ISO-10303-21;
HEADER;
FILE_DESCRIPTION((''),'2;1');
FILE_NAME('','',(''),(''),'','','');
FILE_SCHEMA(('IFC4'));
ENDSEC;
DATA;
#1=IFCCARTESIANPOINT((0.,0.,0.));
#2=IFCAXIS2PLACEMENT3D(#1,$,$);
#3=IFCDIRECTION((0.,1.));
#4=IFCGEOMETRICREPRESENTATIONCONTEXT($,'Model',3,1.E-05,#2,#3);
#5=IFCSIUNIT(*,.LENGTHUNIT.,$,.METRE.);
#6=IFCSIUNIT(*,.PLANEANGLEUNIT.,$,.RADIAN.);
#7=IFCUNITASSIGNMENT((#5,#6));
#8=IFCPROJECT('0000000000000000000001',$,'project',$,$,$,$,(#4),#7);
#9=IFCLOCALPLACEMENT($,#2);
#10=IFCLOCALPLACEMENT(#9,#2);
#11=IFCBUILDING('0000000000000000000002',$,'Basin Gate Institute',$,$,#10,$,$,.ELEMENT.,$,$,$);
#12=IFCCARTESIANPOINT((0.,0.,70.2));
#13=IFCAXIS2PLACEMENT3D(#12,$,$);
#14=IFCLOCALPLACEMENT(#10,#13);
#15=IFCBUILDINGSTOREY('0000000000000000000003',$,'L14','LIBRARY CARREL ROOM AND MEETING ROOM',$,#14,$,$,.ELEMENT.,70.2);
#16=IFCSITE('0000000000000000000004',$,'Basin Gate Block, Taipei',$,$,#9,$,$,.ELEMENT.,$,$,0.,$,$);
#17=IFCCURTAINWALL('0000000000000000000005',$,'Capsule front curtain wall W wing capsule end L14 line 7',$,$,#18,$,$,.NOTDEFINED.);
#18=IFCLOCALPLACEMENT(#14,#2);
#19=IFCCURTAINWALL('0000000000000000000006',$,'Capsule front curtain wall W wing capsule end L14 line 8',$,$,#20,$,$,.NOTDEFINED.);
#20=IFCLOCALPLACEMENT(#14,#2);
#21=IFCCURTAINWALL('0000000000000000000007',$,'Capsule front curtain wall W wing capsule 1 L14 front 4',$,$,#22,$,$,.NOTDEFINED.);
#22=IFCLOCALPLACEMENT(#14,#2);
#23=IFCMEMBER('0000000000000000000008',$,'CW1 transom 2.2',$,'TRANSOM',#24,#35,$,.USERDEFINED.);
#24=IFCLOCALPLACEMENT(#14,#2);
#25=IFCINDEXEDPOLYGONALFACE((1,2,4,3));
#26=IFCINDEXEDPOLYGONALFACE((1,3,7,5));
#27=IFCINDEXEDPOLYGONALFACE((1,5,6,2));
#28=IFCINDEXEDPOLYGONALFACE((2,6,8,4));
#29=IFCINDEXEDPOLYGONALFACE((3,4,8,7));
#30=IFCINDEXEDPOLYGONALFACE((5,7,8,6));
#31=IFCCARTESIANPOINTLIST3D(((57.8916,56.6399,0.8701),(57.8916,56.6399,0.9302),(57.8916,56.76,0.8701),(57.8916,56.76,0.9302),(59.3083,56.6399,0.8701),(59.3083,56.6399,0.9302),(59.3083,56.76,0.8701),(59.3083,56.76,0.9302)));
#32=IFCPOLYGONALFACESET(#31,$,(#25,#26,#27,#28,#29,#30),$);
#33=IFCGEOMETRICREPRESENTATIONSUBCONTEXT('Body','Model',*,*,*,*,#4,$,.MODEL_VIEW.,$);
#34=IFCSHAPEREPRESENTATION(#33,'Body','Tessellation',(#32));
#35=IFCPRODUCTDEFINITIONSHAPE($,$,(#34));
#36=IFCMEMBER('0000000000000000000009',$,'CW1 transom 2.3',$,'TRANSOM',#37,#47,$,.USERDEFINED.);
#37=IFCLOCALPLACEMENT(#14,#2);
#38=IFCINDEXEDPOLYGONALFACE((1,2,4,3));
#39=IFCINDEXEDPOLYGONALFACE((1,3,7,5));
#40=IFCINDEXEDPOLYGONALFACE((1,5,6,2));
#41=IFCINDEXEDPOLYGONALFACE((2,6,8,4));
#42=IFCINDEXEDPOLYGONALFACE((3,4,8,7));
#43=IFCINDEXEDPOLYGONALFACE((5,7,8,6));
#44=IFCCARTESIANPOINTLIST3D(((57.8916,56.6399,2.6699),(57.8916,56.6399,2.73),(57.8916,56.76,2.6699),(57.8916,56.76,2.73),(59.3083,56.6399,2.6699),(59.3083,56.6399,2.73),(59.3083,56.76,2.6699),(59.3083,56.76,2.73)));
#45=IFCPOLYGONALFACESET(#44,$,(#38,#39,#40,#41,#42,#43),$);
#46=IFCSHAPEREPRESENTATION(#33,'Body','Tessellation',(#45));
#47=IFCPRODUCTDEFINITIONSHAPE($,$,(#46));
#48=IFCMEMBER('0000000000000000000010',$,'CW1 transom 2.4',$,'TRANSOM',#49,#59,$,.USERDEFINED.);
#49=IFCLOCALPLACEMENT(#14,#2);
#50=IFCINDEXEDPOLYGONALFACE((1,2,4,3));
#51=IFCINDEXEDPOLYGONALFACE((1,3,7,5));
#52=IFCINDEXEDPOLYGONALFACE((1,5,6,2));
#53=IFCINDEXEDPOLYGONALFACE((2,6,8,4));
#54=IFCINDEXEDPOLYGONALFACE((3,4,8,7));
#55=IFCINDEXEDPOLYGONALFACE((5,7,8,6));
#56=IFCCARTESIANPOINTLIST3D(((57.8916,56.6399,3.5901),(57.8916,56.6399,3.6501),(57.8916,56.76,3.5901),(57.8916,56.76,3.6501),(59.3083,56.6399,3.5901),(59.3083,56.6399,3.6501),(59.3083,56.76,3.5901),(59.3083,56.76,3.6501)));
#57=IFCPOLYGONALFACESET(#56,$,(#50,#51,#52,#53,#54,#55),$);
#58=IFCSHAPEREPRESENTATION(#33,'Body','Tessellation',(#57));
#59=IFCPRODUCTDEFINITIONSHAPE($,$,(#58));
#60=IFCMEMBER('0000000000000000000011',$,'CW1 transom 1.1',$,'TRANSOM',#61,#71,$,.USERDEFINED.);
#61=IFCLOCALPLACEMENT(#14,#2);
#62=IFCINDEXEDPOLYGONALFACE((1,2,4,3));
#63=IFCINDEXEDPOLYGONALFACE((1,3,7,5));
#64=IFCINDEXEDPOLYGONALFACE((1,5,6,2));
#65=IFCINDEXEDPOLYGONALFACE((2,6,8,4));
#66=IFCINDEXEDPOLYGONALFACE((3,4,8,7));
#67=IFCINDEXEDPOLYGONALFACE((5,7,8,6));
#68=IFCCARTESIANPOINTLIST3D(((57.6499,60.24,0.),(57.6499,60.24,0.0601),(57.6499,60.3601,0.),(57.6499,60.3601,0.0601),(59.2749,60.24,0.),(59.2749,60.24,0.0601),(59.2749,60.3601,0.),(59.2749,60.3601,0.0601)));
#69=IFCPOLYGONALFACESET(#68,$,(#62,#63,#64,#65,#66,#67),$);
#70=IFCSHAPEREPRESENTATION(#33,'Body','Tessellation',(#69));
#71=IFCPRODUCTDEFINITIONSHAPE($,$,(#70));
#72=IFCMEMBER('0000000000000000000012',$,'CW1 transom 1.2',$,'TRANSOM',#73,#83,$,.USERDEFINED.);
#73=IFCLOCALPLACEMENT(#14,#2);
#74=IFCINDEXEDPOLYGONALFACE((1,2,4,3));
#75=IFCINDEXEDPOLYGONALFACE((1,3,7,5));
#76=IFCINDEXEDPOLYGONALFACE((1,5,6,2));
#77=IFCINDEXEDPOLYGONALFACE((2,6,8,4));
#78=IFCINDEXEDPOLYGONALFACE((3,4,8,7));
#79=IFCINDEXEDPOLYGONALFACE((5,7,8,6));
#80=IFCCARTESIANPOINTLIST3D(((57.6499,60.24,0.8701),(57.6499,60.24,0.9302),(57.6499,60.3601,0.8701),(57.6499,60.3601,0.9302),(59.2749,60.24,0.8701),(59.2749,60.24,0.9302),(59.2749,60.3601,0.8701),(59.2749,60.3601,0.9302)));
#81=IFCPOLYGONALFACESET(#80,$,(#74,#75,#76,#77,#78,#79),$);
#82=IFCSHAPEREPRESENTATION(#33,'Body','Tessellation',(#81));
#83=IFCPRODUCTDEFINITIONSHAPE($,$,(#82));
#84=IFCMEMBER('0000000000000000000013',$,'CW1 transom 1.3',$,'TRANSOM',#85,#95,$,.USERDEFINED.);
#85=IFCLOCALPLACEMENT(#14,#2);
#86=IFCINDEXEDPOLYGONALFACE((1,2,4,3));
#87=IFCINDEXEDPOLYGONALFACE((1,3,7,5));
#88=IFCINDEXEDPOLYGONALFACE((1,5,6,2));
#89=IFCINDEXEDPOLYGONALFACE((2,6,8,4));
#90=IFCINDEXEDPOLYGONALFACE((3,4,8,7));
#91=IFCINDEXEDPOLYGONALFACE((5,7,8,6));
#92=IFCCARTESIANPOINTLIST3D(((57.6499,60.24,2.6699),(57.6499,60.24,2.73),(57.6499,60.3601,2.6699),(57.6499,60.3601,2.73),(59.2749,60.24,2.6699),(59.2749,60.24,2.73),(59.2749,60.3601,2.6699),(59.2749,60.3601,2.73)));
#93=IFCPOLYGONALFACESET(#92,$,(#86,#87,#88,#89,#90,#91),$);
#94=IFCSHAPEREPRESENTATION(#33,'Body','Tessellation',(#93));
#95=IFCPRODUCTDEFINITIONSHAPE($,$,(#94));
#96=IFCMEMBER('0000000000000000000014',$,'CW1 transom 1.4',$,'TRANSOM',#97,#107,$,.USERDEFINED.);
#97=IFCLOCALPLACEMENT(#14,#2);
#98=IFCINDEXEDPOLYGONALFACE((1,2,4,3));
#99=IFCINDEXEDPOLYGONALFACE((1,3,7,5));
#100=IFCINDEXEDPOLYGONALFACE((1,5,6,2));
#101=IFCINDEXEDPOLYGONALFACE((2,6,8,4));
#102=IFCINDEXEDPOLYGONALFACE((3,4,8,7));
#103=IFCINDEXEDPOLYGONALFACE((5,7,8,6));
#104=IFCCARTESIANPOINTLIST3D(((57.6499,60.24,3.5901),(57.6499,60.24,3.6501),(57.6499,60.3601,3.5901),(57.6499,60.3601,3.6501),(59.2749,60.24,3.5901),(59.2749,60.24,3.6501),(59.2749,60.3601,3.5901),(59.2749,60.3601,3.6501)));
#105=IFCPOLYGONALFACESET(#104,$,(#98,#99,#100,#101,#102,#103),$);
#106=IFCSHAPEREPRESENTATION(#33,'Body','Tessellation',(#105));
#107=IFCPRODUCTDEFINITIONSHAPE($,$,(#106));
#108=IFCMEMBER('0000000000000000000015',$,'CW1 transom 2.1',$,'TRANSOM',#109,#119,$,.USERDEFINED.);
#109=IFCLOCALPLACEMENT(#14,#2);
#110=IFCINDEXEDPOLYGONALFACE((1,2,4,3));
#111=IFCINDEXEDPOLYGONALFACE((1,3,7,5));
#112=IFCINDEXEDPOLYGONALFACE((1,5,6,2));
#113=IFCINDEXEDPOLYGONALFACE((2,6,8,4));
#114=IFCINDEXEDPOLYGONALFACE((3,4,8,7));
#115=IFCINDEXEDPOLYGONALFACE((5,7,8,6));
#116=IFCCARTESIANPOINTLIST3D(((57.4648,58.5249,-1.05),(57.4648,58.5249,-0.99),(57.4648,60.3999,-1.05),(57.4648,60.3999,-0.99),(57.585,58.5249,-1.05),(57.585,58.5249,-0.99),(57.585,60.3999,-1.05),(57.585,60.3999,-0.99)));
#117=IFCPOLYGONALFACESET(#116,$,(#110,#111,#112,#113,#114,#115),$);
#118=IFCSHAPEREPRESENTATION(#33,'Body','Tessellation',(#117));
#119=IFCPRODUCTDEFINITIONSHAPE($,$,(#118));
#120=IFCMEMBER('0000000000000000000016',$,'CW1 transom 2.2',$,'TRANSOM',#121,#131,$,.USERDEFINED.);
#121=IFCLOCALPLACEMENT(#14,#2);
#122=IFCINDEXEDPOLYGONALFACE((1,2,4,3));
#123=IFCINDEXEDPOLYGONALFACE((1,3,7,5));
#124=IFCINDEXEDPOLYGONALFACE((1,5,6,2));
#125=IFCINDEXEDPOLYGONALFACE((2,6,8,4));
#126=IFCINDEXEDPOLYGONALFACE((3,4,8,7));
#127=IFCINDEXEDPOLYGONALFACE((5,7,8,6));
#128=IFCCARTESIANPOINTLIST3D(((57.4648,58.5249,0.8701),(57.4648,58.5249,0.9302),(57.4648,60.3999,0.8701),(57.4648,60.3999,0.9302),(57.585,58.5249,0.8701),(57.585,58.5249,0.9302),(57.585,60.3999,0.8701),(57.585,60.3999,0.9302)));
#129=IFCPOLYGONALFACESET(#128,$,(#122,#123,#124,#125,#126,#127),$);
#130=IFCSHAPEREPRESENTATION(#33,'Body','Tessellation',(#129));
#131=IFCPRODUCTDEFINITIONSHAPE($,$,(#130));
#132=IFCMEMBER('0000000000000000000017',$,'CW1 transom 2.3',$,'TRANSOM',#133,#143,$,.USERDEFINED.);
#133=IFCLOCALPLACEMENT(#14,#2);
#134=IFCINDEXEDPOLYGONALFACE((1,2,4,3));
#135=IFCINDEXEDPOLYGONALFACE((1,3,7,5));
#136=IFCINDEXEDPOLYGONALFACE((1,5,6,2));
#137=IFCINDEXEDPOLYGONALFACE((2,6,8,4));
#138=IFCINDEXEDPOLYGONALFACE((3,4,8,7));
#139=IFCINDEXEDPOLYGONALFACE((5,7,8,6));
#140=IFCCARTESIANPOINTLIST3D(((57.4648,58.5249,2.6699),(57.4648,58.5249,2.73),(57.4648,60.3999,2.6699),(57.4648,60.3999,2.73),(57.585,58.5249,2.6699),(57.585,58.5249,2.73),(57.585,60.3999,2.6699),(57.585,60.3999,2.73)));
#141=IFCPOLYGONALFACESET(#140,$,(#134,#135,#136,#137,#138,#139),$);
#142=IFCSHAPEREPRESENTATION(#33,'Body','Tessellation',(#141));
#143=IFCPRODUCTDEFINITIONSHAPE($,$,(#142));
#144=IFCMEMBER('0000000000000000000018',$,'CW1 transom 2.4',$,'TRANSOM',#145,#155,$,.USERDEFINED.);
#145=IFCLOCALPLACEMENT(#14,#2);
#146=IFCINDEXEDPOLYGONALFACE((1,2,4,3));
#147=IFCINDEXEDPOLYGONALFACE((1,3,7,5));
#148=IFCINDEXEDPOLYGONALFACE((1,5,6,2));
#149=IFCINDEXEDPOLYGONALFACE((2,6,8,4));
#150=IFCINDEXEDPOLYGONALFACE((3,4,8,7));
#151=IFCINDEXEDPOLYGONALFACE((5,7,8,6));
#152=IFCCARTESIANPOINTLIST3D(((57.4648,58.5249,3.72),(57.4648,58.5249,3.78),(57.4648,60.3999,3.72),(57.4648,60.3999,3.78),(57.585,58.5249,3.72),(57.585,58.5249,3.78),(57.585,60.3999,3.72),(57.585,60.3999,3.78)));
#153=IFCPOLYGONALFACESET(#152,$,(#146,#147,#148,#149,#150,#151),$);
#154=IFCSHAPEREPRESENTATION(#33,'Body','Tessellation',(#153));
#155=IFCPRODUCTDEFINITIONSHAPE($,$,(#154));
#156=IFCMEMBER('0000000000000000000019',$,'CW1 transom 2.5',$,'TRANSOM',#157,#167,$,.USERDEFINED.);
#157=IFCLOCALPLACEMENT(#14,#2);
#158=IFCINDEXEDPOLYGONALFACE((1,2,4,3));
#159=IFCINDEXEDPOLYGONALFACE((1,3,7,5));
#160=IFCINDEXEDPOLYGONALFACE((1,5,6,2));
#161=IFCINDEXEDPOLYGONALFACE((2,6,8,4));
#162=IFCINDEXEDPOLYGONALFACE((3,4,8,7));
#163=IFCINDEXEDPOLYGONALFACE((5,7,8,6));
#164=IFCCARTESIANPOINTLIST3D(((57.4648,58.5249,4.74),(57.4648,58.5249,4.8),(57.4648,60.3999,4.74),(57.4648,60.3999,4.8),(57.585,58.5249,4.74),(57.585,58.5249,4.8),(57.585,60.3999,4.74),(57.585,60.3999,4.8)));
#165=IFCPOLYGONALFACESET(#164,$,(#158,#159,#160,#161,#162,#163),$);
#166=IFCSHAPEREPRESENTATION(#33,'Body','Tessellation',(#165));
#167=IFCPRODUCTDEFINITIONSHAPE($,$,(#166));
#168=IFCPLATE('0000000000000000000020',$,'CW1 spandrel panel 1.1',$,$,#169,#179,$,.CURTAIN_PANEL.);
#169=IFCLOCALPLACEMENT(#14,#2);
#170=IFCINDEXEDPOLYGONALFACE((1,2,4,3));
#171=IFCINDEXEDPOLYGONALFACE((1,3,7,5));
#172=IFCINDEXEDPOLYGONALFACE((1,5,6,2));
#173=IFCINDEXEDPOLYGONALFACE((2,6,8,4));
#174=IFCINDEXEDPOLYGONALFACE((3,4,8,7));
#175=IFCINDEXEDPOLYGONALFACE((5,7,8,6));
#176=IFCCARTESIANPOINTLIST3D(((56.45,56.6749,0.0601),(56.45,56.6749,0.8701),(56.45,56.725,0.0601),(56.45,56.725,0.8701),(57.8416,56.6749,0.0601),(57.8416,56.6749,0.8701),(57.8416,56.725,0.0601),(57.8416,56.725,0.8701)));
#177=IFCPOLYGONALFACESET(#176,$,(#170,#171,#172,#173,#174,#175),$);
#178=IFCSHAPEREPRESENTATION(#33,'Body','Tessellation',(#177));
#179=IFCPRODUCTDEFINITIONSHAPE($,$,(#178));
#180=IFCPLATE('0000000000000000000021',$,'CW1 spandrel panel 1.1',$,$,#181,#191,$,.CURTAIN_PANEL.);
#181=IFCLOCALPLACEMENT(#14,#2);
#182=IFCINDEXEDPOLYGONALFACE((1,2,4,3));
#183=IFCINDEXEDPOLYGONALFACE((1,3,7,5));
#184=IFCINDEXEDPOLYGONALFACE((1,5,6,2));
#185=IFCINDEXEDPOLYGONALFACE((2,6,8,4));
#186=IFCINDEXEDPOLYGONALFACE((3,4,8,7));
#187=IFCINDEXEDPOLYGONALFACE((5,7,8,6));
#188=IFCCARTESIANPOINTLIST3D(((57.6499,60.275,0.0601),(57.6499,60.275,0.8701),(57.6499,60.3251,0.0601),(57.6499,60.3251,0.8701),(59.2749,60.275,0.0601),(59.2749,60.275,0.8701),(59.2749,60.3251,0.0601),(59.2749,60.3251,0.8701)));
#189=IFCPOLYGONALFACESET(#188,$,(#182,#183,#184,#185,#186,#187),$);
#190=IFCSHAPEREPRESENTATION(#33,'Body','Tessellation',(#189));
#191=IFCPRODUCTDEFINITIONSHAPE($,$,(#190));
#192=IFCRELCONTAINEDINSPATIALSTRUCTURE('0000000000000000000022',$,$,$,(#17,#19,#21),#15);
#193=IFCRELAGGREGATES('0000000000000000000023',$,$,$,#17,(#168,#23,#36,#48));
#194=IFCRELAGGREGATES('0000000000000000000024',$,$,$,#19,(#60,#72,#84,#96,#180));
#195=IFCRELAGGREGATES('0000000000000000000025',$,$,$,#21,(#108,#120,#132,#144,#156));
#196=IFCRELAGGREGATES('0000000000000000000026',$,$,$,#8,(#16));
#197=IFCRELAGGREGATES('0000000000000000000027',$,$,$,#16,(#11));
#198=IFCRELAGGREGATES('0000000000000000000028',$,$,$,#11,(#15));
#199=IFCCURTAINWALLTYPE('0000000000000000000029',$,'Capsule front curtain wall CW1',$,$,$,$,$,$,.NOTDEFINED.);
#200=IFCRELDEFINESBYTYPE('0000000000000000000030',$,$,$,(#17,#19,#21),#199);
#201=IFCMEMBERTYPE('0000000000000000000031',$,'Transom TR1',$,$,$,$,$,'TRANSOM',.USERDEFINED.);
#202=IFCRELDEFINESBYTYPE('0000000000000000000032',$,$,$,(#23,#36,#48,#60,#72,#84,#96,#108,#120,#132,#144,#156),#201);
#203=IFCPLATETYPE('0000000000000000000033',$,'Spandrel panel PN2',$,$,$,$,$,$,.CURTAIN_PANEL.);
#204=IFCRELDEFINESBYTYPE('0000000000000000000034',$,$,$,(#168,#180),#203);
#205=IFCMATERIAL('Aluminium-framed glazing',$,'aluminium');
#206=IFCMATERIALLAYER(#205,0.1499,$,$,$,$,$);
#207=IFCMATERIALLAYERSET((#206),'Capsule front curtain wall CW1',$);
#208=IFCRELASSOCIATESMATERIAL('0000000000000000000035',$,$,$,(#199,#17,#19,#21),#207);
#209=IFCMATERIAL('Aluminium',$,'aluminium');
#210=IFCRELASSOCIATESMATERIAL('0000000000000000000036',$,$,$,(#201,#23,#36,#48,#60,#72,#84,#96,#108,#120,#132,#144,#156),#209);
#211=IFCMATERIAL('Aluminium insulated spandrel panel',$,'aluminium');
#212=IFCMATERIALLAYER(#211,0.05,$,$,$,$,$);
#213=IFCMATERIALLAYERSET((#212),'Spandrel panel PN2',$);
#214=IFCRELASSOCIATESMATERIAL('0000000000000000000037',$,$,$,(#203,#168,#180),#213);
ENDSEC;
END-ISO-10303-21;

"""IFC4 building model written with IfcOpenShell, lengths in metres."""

from ifc_helpers import new_model, si_unit, direction, frame, origin, origin_2d, place, context, subcontext, project, spatial, rectangle, extrude, material, layer, layer_set, material_profile, profile_set, type_object, element, aggregate, save


model = new_model("IFC4")

# Units and contexts
model_context = context("Model", 3, precision=1e-05, world=origin(), true_north=direction((0.0, 1.0)))
body_context = subcontext(model_context, "Body", "Model", "MODEL_VIEW")
ifc_project = project(units=[si_unit("LENGTHUNIT", "METRE"), si_unit("PLANEANGLEUNIT", "RADIAN")], contexts=[model_context])

# Site, building, storey
site_placement = place(None, origin())
site = spatial("IfcSite", under=ifc_project, at=site_placement, Name="Basin Gate Block, Taipei", CompositionType="ELEMENT", RefElevation=0.0)
building_placement = place(site_placement, origin())
building = spatial("IfcBuilding", under=site, at=building_placement, Name="Basin Gate Institute", CompositionType="ELEMENT")
storey_placement = place(building_placement, frame((0.0, 0.0, 70.2)))
storey = spatial("IfcBuildingStorey", under=building, at=storey_placement, Name="L14", Description="LIBRARY CARREL ROOM AND MEETING ROOM", CompositionType="ELEMENT", Elevation=70.2)

# Curtain wall
ifc_material_1 = material(Name="Aluminium-framed glazing", Category="aluminium")
ifc_layer_1 = layer(ifc_material_1, 0.1499)
ifc_layer_set_1 = layer_set([ifc_layer_1], Name="Capsule front curtain wall CW1")
curtain_wall_type = type_object("IfcCurtainWallType", Name="Capsule front curtain wall CW1", PredefinedType="NOTDEFINED", material=ifc_layer_set_1)
curtain_wall_1_placement = place(storey_placement, origin())
curtain_wall_1 = element("IfcCurtainWall", 1, at=curtain_wall_1_placement, inside=storey, type_object=curtain_wall_type, material=ifc_layer_set_1, Name="Capsule front curtain wall W wing capsule end L14 line 7", PredefinedType="NOTDEFINED")

# Curtain wall
curtain_wall_2_placement = place(storey_placement, origin())
curtain_wall_2 = element("IfcCurtainWall", 2, at=curtain_wall_2_placement, inside=storey, type_object=curtain_wall_type, material=ifc_layer_set_1, Name="Capsule front curtain wall W wing capsule end L14 line 8", PredefinedType="NOTDEFINED")

# Curtain wall
curtain_wall_3_placement = place(storey_placement, origin())
curtain_wall_3 = element("IfcCurtainWall", 3, at=curtain_wall_3_placement, inside=storey, type_object=curtain_wall_type, material=ifc_layer_set_1, Name="Capsule front curtain wall W wing capsule 1 L14 front 4", PredefinedType="NOTDEFINED")

# Members
ifc_material_2 = material(Name="Aluminium", Category="aluminium")
ifc_material_profile_1 = material_profile(ifc_material_2, rectangle(XDim=0.1201, YDim=0.0601, at=origin_2d()), Name="Transom TR1 120 x 60")
ifc_profile_set_1 = profile_set([ifc_material_profile_1], Name="Aluminium")
member_type_1 = type_object("IfcMemberType", Name="Transom TR1", ElementType="TRANSOM", PredefinedType="USERDEFINED", material=ifc_profile_set_1)
member_1_placement = place(storey_placement, frame((57.8916, 56.7, 0.9001), z_axis=(1.0, 0.0, 0.0), x_axis=(0.0, 1.0, 0.0)))
member_1 = element("IfcMember", 4, at=member_1_placement, type_object=member_type_1, material=ifc_profile_set_1, Name="CW1 transom 2.2", ObjectType="TRANSOM", PredefinedType="USERDEFINED", context=body_context, shape_type="SweptSolid", body=[
    extrude(rectangle(XDim=0.1201, YDim=0.0601, at=origin_2d()), origin(), (0.0, 0.0, 1.0), 1.4167),
])
member_2_placement = place(storey_placement, frame((57.8916, 56.7, 2.7), z_axis=(1.0, 0.0, 0.0), x_axis=(0.0, 1.0, 0.0)))
member_2 = element("IfcMember", 5, at=member_2_placement, type_object=member_type_1, material=ifc_profile_set_1, Name="CW1 transom 2.3", ObjectType="TRANSOM", PredefinedType="USERDEFINED", context=body_context, shape_type="SweptSolid", body=[
    extrude(rectangle(XDim=0.1201, YDim=0.0601, at=origin_2d()), origin(), (0.0, 0.0, 1.0), 1.4167),
])
member_3_placement = place(storey_placement, frame((57.8916, 56.7, 3.6201), z_axis=(1.0, 0.0, 0.0), x_axis=(0.0, 1.0, 0.0)))
member_3 = element("IfcMember", 6, at=member_3_placement, type_object=member_type_1, material=ifc_profile_set_1, Name="CW1 transom 2.4", ObjectType="TRANSOM", PredefinedType="USERDEFINED", context=body_context, shape_type="SweptSolid", body=[
    extrude(rectangle(XDim=0.1201, YDim=0.0601, at=origin_2d()), origin(), (0.0, 0.0, 1.0), 1.4167),
])
member_4_placement = place(storey_placement, frame((57.6499, 60.3, 0.03), z_axis=(1.0, 0.0, 0.0), x_axis=(0.0, 1.0, 0.0)))
member_4 = element("IfcMember", 7, at=member_4_placement, type_object=member_type_1, material=ifc_profile_set_1, Name="CW1 transom 1.1", ObjectType="TRANSOM", PredefinedType="USERDEFINED", context=body_context, shape_type="SweptSolid", body=[
    extrude(rectangle(XDim=0.1201, YDim=0.0601, at=origin_2d()), origin(), (0.0, 0.0, 1.0), 1.625),
])
member_5_placement = place(storey_placement, frame((57.6499, 60.3, 0.9001), z_axis=(1.0, 0.0, 0.0), x_axis=(0.0, 1.0, 0.0)))
member_5 = element("IfcMember", 8, at=member_5_placement, type_object=member_type_1, material=ifc_profile_set_1, Name="CW1 transom 1.2", ObjectType="TRANSOM", PredefinedType="USERDEFINED", context=body_context, shape_type="SweptSolid", body=[
    extrude(rectangle(XDim=0.1201, YDim=0.0601, at=origin_2d()), origin(), (0.0, 0.0, 1.0), 1.625),
])
member_6_placement = place(storey_placement, frame((57.6499, 60.3, 2.7), z_axis=(1.0, 0.0, 0.0), x_axis=(0.0, 1.0, 0.0)))
member_6 = element("IfcMember", 9, at=member_6_placement, type_object=member_type_1, material=ifc_profile_set_1, Name="CW1 transom 1.3", ObjectType="TRANSOM", PredefinedType="USERDEFINED", context=body_context, shape_type="SweptSolid", body=[
    extrude(rectangle(XDim=0.1201, YDim=0.0601, at=origin_2d()), origin(), (0.0, 0.0, 1.0), 1.625),
])
member_7_placement = place(storey_placement, frame((57.6499, 60.3, 3.6201), z_axis=(1.0, 0.0, 0.0), x_axis=(0.0, 1.0, 0.0)))
member_7 = element("IfcMember", 10, at=member_7_placement, type_object=member_type_1, material=ifc_profile_set_1, Name="CW1 transom 1.4", ObjectType="TRANSOM", PredefinedType="USERDEFINED", context=body_context, shape_type="SweptSolid", body=[
    extrude(rectangle(XDim=0.1201, YDim=0.0601, at=origin_2d()), origin(), (0.0, 0.0, 1.0), 1.625),
])
member_8_placement = place(storey_placement, frame((57.5249, 58.5249, -1.02), z_axis=(0.0, 1.0, 0.0), x_axis=(-1.0, 0.0, 0.0)))
member_8 = element("IfcMember", 11, at=member_8_placement, type_object=member_type_1, material=ifc_profile_set_1, Name="CW1 transom 2.1", ObjectType="TRANSOM", PredefinedType="USERDEFINED", context=body_context, shape_type="SweptSolid", body=[
    extrude(rectangle(XDim=0.1201, YDim=0.0601, at=origin_2d()), origin(), (0.0, 0.0, 1.0), 1.875),
])
member_9_placement = place(storey_placement, frame((57.5249, 58.5249, 0.9001), z_axis=(0.0, 1.0, 0.0), x_axis=(-1.0, 0.0, 0.0)))
member_9 = element("IfcMember", 12, at=member_9_placement, type_object=member_type_1, material=ifc_profile_set_1, Name="CW1 transom 2.2", ObjectType="TRANSOM", PredefinedType="USERDEFINED", context=body_context, shape_type="SweptSolid", body=[
    extrude(rectangle(XDim=0.1201, YDim=0.0601, at=origin_2d()), origin(), (0.0, 0.0, 1.0), 1.875),
])
member_10_placement = place(storey_placement, frame((57.5249, 58.5249, 2.7), z_axis=(0.0, 1.0, 0.0), x_axis=(-1.0, 0.0, 0.0)))
member_10 = element("IfcMember", 13, at=member_10_placement, type_object=member_type_1, material=ifc_profile_set_1, Name="CW1 transom 2.3", ObjectType="TRANSOM", PredefinedType="USERDEFINED", context=body_context, shape_type="SweptSolid", body=[
    extrude(rectangle(XDim=0.1201, YDim=0.0601, at=origin_2d()), origin(), (0.0, 0.0, 1.0), 1.875),
])
member_11_placement = place(storey_placement, frame((57.5249, 58.5249, 3.75), z_axis=(0.0, 1.0, 0.0), x_axis=(-1.0, 0.0, 0.0)))
member_11 = element("IfcMember", 14, at=member_11_placement, type_object=member_type_1, material=ifc_profile_set_1, Name="CW1 transom 2.4", ObjectType="TRANSOM", PredefinedType="USERDEFINED", context=body_context, shape_type="SweptSolid", body=[
    extrude(rectangle(XDim=0.1201, YDim=0.0601, at=origin_2d()), origin(), (0.0, 0.0, 1.0), 1.875),
])
member_12_placement = place(storey_placement, frame((57.5249, 58.5249, 4.77), z_axis=(0.0, 1.0, 0.0), x_axis=(-1.0, 0.0, 0.0)))
member_12 = element("IfcMember", 15, at=member_12_placement, type_object=member_type_1, material=ifc_profile_set_1, Name="CW1 transom 2.5", ObjectType="TRANSOM", PredefinedType="USERDEFINED", context=body_context, shape_type="SweptSolid", body=[
    extrude(rectangle(XDim=0.1201, YDim=0.0601, at=origin_2d()), origin(), (0.0, 0.0, 1.0), 1.875),
])

# Plates
ifc_material_3 = material(Name="Aluminium insulated spandrel panel", Category="aluminium")
ifc_layer_2 = layer(ifc_material_3, 0.05)
ifc_layer_set_2 = layer_set([ifc_layer_2], Name="Spandrel panel PN2")
plate_type_1 = type_object("IfcPlateType", Name="Spandrel panel PN2", PredefinedType="CURTAIN_PANEL", material=ifc_layer_set_2)
plate_1_placement = place(storey_placement, frame((57.1458, 56.7, 0.0601), z_axis=(0.0, 0.0, 1.0), x_axis=(1.0, 0.0, 0.0)))
plate_1 = element("IfcPlate", 16, at=plate_1_placement, type_object=plate_type_1, material=ifc_layer_set_2, Name="CW1 spandrel panel 1.1", PredefinedType="CURTAIN_PANEL", context=body_context, shape_type="SweptSolid", body=[
    extrude(rectangle(XDim=1.3916, YDim=0.05, at=origin_2d()), origin(), (0.0, 0.0, 1.0), 0.8101),
])
plate_2_placement = place(storey_placement, frame((58.4624, 60.3, 0.0601), z_axis=(0.0, 0.0, 1.0), x_axis=(1.0, 0.0, 0.0)))
plate_2 = element("IfcPlate", 17, at=plate_2_placement, type_object=plate_type_1, material=ifc_layer_set_2, Name="CW1 spandrel panel 1.1", PredefinedType="CURTAIN_PANEL", context=body_context, shape_type="SweptSolid", body=[
    extrude(rectangle(XDim=1.625, YDim=0.05, at=origin_2d()), origin(), (0.0, 0.0, 1.0), 0.8101),
])
aggregate(curtain_wall_1, [plate_1, member_1, member_2, member_3])
aggregate(curtain_wall_2, [member_4, member_5, member_6, member_7, plate_2])
aggregate(curtain_wall_3, [member_8, member_9, member_10, member_11, member_12])

save(model, "model.ifc")
